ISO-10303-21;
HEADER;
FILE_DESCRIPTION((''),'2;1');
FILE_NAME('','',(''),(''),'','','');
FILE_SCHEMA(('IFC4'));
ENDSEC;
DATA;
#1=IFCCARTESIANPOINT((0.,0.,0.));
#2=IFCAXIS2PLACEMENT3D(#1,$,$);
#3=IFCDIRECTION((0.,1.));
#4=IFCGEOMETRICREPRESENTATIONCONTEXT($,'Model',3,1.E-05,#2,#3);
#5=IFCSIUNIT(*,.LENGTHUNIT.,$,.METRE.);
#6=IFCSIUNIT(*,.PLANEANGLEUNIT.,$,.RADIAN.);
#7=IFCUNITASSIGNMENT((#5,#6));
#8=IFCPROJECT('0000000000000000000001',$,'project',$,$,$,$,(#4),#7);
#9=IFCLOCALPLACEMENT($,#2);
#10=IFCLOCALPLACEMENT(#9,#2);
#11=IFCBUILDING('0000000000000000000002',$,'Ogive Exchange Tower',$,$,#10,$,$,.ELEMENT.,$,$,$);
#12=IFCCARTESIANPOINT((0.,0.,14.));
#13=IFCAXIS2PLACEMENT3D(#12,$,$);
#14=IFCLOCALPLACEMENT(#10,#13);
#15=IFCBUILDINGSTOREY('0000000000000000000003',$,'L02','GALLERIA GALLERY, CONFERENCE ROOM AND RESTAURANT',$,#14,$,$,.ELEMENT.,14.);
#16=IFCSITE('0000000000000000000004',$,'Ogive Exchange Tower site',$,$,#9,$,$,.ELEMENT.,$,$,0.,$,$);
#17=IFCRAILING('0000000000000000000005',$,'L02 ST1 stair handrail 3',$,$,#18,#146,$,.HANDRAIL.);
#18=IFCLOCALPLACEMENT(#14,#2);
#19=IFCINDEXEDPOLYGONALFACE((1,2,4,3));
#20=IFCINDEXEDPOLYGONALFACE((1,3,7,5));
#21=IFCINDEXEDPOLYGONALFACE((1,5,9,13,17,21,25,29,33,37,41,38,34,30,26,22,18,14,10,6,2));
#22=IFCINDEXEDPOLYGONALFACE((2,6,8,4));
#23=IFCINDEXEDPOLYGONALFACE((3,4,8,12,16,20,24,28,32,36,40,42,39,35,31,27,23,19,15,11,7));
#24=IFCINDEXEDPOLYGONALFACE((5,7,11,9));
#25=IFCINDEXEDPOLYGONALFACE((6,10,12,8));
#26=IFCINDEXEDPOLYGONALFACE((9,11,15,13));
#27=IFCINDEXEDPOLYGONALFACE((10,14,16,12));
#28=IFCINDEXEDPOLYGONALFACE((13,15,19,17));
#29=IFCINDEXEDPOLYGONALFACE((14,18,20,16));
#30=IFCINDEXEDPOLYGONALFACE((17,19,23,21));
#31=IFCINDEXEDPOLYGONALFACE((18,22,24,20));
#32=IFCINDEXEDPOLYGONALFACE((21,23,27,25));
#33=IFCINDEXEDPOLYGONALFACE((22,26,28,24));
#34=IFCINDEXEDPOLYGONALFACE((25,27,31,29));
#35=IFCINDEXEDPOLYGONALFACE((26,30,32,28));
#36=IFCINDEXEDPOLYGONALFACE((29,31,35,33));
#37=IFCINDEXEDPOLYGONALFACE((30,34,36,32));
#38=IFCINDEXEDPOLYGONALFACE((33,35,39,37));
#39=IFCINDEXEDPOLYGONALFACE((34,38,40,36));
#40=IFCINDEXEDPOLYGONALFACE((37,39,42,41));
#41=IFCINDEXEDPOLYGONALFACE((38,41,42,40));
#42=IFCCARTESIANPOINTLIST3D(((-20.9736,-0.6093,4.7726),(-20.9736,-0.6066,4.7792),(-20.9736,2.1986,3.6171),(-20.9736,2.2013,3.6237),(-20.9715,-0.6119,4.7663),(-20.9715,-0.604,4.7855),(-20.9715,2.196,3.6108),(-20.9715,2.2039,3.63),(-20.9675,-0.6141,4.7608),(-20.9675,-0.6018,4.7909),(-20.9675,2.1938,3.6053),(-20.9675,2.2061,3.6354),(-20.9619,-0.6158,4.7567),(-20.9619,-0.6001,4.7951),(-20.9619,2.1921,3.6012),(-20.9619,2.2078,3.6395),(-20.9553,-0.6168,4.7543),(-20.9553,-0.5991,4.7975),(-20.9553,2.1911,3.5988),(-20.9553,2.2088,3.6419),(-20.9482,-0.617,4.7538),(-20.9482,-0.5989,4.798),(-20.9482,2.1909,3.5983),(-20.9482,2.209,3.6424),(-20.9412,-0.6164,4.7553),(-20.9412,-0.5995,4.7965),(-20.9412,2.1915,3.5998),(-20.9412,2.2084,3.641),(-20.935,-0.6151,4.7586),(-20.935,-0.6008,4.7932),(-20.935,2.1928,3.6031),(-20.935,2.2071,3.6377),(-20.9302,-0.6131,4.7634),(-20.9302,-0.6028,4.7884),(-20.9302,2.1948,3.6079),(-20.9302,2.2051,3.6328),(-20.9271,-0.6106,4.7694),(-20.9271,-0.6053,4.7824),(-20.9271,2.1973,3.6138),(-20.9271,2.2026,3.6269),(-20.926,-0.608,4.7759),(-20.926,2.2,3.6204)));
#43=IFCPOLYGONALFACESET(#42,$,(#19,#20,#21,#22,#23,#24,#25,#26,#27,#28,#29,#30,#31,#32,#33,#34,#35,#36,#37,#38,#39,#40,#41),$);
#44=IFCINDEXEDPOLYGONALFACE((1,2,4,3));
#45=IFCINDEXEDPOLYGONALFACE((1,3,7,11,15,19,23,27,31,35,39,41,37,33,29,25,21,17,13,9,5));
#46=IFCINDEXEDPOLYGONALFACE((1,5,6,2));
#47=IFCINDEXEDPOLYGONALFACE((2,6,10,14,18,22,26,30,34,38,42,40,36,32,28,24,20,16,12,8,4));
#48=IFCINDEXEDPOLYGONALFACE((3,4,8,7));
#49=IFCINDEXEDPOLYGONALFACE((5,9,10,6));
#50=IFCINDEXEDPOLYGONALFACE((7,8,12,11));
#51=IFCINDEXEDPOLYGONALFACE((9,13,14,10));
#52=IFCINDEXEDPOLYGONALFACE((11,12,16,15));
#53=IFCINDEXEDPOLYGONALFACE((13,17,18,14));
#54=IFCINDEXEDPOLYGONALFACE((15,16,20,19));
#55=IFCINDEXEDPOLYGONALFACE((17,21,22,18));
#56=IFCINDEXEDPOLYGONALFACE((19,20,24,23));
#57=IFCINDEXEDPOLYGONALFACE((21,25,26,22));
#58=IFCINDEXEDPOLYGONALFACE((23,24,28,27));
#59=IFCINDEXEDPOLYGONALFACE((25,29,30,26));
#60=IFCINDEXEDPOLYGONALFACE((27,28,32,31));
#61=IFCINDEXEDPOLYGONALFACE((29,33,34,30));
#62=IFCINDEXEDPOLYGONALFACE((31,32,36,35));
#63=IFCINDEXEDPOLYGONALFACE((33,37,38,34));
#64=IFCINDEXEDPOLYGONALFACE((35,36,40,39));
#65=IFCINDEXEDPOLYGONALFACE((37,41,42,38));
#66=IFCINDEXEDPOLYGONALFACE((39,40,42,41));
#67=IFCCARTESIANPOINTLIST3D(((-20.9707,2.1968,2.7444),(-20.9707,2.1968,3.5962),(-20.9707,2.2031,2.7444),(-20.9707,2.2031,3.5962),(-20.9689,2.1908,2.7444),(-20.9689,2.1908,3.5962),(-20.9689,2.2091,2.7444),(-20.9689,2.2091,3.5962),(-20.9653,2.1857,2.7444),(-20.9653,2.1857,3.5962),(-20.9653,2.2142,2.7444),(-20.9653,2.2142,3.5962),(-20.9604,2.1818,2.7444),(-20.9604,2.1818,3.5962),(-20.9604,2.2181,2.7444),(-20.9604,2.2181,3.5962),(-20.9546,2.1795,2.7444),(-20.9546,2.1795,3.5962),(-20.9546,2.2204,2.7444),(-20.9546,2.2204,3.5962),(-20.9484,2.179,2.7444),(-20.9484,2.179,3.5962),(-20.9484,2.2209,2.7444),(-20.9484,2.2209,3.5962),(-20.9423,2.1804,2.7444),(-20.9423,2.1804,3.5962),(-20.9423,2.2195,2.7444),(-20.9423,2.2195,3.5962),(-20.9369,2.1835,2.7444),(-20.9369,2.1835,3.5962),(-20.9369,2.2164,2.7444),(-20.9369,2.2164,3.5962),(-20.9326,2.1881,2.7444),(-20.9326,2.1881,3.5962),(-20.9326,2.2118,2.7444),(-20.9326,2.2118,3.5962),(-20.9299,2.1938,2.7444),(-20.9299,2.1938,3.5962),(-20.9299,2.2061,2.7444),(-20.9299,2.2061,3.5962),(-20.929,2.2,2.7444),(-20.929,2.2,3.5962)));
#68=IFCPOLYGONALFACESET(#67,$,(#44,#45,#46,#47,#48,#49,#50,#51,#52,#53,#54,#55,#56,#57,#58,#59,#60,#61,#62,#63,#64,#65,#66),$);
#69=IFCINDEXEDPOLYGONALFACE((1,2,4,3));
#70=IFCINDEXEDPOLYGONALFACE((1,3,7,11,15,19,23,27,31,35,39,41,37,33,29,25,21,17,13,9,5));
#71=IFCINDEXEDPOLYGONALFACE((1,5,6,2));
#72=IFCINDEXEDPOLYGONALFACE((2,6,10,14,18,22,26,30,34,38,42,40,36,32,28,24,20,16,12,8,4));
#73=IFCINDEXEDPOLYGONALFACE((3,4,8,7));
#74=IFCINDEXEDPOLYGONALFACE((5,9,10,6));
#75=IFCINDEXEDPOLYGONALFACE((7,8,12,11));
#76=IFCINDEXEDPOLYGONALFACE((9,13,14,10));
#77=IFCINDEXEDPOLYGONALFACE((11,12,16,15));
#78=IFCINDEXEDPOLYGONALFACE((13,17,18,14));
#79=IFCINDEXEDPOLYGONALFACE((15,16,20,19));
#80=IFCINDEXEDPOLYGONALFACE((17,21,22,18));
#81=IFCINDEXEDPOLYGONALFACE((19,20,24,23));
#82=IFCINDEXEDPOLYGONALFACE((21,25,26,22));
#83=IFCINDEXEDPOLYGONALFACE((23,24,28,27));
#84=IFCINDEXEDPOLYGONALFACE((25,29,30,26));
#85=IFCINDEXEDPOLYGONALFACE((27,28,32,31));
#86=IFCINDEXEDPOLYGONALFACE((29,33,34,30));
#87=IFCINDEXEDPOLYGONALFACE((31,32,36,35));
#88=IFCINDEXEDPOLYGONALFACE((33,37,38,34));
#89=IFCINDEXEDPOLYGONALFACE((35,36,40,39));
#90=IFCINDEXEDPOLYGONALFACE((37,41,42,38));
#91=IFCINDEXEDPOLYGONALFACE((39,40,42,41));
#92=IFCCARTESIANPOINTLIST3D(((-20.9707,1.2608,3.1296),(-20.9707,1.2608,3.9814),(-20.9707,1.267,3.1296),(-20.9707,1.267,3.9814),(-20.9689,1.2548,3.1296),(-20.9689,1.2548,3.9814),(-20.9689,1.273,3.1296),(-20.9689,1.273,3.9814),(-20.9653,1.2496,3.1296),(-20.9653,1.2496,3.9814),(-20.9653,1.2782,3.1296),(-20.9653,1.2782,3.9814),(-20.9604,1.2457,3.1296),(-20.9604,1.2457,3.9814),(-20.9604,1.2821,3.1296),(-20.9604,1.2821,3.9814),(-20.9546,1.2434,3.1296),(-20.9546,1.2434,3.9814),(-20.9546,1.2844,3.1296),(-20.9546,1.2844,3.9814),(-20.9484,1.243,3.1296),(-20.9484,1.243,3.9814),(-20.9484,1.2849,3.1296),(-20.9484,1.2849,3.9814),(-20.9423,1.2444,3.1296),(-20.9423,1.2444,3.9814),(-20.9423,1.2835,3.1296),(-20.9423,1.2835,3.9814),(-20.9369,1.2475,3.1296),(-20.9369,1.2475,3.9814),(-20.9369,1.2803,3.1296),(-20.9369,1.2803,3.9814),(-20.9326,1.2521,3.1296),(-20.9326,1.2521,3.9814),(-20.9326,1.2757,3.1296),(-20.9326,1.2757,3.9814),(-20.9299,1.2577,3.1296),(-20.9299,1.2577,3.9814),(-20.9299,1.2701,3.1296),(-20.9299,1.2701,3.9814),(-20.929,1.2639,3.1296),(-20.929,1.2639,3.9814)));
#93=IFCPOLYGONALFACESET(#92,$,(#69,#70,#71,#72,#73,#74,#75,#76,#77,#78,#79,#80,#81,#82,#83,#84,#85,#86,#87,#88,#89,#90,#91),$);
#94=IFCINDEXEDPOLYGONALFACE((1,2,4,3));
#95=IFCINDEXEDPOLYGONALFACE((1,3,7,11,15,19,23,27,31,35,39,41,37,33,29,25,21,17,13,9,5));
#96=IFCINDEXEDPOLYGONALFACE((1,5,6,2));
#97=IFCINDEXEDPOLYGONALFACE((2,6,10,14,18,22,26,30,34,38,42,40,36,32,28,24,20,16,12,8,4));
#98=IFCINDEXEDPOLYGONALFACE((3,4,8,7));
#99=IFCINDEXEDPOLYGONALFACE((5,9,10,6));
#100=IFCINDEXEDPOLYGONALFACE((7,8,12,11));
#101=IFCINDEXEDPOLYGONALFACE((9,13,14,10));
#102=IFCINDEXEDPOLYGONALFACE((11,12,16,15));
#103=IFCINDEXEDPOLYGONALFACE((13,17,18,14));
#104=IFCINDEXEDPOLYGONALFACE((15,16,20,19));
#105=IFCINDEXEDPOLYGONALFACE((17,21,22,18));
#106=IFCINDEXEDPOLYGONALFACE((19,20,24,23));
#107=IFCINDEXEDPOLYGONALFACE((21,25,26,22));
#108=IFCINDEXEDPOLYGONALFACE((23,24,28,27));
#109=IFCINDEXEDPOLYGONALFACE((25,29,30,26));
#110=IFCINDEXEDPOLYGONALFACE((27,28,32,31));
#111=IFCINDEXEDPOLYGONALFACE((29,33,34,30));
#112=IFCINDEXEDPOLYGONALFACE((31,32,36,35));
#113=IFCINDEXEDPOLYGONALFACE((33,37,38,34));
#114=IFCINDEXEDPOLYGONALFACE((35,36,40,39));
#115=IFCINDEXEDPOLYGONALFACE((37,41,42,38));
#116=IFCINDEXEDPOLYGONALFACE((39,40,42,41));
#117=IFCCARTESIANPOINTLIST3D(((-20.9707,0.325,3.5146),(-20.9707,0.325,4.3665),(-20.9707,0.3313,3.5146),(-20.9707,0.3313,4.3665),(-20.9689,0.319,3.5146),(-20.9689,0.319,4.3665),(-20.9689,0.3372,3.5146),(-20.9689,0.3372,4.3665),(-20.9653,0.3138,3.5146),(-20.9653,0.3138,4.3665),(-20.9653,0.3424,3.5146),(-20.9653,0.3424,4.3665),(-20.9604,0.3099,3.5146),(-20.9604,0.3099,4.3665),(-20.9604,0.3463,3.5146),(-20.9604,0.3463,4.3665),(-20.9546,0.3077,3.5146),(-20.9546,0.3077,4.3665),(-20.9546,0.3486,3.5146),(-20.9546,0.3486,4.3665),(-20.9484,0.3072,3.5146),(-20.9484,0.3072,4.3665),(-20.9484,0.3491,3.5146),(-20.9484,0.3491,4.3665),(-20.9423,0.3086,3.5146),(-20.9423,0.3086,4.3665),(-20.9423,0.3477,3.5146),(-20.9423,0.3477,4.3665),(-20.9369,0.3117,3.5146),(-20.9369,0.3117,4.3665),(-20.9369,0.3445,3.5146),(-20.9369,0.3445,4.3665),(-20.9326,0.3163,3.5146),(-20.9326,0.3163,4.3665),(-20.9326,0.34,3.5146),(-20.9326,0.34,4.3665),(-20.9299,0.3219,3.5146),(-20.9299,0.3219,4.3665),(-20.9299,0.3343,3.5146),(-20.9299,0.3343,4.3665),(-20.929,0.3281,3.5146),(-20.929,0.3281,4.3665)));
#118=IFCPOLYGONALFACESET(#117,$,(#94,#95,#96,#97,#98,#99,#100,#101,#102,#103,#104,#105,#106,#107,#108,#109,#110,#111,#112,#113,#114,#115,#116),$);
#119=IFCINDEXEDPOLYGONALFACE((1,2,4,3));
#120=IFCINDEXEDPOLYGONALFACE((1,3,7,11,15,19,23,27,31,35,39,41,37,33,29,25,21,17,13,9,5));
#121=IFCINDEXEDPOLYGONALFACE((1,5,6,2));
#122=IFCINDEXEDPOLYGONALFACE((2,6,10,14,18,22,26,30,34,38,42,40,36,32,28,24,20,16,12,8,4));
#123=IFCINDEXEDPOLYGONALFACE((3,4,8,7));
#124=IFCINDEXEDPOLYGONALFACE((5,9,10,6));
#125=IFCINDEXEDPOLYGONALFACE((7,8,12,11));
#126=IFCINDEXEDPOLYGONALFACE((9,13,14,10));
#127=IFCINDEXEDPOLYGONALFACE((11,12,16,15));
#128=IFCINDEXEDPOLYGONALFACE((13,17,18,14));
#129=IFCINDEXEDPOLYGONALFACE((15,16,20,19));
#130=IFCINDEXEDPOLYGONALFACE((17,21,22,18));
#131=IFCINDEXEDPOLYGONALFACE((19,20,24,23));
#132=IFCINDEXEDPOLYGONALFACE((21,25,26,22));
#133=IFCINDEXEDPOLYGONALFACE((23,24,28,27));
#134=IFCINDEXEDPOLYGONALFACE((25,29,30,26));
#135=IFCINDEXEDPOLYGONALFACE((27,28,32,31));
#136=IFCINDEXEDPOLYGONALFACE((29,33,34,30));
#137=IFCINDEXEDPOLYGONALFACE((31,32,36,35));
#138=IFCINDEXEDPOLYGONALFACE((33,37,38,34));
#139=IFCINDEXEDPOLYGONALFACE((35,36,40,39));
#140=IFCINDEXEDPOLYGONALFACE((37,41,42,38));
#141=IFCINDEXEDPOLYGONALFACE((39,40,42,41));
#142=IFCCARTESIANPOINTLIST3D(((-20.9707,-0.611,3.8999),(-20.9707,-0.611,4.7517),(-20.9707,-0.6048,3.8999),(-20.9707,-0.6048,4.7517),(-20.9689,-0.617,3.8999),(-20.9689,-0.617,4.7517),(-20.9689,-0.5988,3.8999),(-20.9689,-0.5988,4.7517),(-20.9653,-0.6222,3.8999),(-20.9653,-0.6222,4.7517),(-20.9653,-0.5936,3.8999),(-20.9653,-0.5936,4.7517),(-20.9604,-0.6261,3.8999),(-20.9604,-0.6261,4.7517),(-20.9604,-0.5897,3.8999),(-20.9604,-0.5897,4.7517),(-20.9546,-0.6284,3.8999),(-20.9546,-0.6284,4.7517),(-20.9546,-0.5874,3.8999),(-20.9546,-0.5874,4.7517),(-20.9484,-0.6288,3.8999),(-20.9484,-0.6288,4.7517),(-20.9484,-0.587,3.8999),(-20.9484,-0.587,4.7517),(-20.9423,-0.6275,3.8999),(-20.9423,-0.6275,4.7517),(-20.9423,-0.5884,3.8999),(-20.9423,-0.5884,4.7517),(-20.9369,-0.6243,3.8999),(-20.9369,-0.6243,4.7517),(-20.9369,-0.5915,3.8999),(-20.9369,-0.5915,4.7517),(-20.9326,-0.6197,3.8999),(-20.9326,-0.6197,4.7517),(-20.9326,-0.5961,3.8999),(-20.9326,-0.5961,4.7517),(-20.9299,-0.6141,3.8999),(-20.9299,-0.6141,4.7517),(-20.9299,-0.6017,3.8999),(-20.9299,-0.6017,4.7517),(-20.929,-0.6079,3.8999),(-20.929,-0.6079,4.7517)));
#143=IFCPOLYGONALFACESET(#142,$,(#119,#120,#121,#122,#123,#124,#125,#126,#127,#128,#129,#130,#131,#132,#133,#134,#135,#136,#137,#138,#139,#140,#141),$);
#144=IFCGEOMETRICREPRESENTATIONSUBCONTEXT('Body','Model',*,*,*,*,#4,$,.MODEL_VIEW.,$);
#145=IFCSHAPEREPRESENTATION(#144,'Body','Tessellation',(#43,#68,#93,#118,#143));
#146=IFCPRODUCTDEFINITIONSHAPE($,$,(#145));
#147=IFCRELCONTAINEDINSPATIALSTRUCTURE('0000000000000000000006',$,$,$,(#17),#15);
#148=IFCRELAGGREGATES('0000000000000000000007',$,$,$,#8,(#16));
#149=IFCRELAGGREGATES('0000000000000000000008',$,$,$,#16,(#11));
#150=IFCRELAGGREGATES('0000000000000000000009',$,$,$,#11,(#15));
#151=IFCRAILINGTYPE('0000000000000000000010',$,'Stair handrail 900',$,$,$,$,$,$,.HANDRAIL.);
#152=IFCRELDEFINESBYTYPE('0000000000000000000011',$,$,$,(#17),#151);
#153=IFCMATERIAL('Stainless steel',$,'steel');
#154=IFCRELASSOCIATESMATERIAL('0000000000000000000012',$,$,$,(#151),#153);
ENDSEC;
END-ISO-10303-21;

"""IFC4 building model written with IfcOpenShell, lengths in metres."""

from ifc_helpers import new_model, si_unit, direction, frame, origin, origin_2d, place, context, subcontext, project, spatial, circle, extrude, material, type_object, element, save


model = new_model("IFC4")

# Units and contexts
model_context = context("Model", 3, precision=1e-05, world=origin(), true_north=direction((0.0, 1.0)))
body_context = subcontext(model_context, "Body", "Model", "MODEL_VIEW")
ifc_project = project(units=[si_unit("LENGTHUNIT", "METRE"), si_unit("PLANEANGLEUNIT", "RADIAN")], contexts=[model_context])

# Site, building, storey
site_placement = place(None, origin())
site = spatial("IfcSite", under=ifc_project, at=site_placement, Name="Ogive Exchange Tower site", CompositionType="ELEMENT", RefElevation=0.0)
building_placement = place(site_placement, origin())
building = spatial("IfcBuilding", under=site, at=building_placement, Name="Ogive Exchange Tower", CompositionType="ELEMENT")
storey_placement = place(building_placement, frame((0.0, 0.0, 14.0)))
storey = spatial("IfcBuildingStorey", under=building, at=storey_placement, Name="L02", Description="GALLERIA GALLERY, CONFERENCE ROOM AND RESTAURANT", CompositionType="ELEMENT", Elevation=14.0)

# Shared definitions
ifc_material_1 = material(Name="Stainless steel", Category="steel")

# Railing
railing_type = type_object("IfcRailingType", Name="Stair handrail 900", PredefinedType="HANDRAIL", material=ifc_material_1)
for number, where, name in (
    (1, (-20.95, 2.2, 2.7444), "L02 ST1 stair handrail 3"),
):
    element("IfcRailing", number, at=place(storey_placement, frame(where)), inside=storey, type_object=railing_type, Name=name, PredefinedType="HANDRAIL", context=body_context, shape_type="SweptSolid", body=[
        extrude(circle(Radius=0.0239, at=origin_2d()), frame((0.0, 0.0, 0.876), z_axis=(0.0, -0.924755, 0.380564), x_axis=(1.0, 0.0, 0.0)), (0.0, 0.0, 1.0), 3.0364),
        extrude(circle(Radius=0.021, at=origin_2d()), origin(), (0.0, 0.0, 1.0), 0.8518),
        extrude(circle(Radius=0.021, at=origin_2d()), frame((0.0, -0.936, 0.3853)), (0.0, 0.0, 1.0), 0.8518),
        extrude(circle(Radius=0.021, at=origin_2d()), frame((0.0, -1.8718, 0.7703)), (0.0, 0.0, 1.0), 0.8518),
        extrude(circle(Radius=0.021, at=origin_2d()), frame((0.0, -2.8079, 1.1555)), (0.0, 0.0, 1.0), 0.8518),
    ])

save(model, "model.ifc")
